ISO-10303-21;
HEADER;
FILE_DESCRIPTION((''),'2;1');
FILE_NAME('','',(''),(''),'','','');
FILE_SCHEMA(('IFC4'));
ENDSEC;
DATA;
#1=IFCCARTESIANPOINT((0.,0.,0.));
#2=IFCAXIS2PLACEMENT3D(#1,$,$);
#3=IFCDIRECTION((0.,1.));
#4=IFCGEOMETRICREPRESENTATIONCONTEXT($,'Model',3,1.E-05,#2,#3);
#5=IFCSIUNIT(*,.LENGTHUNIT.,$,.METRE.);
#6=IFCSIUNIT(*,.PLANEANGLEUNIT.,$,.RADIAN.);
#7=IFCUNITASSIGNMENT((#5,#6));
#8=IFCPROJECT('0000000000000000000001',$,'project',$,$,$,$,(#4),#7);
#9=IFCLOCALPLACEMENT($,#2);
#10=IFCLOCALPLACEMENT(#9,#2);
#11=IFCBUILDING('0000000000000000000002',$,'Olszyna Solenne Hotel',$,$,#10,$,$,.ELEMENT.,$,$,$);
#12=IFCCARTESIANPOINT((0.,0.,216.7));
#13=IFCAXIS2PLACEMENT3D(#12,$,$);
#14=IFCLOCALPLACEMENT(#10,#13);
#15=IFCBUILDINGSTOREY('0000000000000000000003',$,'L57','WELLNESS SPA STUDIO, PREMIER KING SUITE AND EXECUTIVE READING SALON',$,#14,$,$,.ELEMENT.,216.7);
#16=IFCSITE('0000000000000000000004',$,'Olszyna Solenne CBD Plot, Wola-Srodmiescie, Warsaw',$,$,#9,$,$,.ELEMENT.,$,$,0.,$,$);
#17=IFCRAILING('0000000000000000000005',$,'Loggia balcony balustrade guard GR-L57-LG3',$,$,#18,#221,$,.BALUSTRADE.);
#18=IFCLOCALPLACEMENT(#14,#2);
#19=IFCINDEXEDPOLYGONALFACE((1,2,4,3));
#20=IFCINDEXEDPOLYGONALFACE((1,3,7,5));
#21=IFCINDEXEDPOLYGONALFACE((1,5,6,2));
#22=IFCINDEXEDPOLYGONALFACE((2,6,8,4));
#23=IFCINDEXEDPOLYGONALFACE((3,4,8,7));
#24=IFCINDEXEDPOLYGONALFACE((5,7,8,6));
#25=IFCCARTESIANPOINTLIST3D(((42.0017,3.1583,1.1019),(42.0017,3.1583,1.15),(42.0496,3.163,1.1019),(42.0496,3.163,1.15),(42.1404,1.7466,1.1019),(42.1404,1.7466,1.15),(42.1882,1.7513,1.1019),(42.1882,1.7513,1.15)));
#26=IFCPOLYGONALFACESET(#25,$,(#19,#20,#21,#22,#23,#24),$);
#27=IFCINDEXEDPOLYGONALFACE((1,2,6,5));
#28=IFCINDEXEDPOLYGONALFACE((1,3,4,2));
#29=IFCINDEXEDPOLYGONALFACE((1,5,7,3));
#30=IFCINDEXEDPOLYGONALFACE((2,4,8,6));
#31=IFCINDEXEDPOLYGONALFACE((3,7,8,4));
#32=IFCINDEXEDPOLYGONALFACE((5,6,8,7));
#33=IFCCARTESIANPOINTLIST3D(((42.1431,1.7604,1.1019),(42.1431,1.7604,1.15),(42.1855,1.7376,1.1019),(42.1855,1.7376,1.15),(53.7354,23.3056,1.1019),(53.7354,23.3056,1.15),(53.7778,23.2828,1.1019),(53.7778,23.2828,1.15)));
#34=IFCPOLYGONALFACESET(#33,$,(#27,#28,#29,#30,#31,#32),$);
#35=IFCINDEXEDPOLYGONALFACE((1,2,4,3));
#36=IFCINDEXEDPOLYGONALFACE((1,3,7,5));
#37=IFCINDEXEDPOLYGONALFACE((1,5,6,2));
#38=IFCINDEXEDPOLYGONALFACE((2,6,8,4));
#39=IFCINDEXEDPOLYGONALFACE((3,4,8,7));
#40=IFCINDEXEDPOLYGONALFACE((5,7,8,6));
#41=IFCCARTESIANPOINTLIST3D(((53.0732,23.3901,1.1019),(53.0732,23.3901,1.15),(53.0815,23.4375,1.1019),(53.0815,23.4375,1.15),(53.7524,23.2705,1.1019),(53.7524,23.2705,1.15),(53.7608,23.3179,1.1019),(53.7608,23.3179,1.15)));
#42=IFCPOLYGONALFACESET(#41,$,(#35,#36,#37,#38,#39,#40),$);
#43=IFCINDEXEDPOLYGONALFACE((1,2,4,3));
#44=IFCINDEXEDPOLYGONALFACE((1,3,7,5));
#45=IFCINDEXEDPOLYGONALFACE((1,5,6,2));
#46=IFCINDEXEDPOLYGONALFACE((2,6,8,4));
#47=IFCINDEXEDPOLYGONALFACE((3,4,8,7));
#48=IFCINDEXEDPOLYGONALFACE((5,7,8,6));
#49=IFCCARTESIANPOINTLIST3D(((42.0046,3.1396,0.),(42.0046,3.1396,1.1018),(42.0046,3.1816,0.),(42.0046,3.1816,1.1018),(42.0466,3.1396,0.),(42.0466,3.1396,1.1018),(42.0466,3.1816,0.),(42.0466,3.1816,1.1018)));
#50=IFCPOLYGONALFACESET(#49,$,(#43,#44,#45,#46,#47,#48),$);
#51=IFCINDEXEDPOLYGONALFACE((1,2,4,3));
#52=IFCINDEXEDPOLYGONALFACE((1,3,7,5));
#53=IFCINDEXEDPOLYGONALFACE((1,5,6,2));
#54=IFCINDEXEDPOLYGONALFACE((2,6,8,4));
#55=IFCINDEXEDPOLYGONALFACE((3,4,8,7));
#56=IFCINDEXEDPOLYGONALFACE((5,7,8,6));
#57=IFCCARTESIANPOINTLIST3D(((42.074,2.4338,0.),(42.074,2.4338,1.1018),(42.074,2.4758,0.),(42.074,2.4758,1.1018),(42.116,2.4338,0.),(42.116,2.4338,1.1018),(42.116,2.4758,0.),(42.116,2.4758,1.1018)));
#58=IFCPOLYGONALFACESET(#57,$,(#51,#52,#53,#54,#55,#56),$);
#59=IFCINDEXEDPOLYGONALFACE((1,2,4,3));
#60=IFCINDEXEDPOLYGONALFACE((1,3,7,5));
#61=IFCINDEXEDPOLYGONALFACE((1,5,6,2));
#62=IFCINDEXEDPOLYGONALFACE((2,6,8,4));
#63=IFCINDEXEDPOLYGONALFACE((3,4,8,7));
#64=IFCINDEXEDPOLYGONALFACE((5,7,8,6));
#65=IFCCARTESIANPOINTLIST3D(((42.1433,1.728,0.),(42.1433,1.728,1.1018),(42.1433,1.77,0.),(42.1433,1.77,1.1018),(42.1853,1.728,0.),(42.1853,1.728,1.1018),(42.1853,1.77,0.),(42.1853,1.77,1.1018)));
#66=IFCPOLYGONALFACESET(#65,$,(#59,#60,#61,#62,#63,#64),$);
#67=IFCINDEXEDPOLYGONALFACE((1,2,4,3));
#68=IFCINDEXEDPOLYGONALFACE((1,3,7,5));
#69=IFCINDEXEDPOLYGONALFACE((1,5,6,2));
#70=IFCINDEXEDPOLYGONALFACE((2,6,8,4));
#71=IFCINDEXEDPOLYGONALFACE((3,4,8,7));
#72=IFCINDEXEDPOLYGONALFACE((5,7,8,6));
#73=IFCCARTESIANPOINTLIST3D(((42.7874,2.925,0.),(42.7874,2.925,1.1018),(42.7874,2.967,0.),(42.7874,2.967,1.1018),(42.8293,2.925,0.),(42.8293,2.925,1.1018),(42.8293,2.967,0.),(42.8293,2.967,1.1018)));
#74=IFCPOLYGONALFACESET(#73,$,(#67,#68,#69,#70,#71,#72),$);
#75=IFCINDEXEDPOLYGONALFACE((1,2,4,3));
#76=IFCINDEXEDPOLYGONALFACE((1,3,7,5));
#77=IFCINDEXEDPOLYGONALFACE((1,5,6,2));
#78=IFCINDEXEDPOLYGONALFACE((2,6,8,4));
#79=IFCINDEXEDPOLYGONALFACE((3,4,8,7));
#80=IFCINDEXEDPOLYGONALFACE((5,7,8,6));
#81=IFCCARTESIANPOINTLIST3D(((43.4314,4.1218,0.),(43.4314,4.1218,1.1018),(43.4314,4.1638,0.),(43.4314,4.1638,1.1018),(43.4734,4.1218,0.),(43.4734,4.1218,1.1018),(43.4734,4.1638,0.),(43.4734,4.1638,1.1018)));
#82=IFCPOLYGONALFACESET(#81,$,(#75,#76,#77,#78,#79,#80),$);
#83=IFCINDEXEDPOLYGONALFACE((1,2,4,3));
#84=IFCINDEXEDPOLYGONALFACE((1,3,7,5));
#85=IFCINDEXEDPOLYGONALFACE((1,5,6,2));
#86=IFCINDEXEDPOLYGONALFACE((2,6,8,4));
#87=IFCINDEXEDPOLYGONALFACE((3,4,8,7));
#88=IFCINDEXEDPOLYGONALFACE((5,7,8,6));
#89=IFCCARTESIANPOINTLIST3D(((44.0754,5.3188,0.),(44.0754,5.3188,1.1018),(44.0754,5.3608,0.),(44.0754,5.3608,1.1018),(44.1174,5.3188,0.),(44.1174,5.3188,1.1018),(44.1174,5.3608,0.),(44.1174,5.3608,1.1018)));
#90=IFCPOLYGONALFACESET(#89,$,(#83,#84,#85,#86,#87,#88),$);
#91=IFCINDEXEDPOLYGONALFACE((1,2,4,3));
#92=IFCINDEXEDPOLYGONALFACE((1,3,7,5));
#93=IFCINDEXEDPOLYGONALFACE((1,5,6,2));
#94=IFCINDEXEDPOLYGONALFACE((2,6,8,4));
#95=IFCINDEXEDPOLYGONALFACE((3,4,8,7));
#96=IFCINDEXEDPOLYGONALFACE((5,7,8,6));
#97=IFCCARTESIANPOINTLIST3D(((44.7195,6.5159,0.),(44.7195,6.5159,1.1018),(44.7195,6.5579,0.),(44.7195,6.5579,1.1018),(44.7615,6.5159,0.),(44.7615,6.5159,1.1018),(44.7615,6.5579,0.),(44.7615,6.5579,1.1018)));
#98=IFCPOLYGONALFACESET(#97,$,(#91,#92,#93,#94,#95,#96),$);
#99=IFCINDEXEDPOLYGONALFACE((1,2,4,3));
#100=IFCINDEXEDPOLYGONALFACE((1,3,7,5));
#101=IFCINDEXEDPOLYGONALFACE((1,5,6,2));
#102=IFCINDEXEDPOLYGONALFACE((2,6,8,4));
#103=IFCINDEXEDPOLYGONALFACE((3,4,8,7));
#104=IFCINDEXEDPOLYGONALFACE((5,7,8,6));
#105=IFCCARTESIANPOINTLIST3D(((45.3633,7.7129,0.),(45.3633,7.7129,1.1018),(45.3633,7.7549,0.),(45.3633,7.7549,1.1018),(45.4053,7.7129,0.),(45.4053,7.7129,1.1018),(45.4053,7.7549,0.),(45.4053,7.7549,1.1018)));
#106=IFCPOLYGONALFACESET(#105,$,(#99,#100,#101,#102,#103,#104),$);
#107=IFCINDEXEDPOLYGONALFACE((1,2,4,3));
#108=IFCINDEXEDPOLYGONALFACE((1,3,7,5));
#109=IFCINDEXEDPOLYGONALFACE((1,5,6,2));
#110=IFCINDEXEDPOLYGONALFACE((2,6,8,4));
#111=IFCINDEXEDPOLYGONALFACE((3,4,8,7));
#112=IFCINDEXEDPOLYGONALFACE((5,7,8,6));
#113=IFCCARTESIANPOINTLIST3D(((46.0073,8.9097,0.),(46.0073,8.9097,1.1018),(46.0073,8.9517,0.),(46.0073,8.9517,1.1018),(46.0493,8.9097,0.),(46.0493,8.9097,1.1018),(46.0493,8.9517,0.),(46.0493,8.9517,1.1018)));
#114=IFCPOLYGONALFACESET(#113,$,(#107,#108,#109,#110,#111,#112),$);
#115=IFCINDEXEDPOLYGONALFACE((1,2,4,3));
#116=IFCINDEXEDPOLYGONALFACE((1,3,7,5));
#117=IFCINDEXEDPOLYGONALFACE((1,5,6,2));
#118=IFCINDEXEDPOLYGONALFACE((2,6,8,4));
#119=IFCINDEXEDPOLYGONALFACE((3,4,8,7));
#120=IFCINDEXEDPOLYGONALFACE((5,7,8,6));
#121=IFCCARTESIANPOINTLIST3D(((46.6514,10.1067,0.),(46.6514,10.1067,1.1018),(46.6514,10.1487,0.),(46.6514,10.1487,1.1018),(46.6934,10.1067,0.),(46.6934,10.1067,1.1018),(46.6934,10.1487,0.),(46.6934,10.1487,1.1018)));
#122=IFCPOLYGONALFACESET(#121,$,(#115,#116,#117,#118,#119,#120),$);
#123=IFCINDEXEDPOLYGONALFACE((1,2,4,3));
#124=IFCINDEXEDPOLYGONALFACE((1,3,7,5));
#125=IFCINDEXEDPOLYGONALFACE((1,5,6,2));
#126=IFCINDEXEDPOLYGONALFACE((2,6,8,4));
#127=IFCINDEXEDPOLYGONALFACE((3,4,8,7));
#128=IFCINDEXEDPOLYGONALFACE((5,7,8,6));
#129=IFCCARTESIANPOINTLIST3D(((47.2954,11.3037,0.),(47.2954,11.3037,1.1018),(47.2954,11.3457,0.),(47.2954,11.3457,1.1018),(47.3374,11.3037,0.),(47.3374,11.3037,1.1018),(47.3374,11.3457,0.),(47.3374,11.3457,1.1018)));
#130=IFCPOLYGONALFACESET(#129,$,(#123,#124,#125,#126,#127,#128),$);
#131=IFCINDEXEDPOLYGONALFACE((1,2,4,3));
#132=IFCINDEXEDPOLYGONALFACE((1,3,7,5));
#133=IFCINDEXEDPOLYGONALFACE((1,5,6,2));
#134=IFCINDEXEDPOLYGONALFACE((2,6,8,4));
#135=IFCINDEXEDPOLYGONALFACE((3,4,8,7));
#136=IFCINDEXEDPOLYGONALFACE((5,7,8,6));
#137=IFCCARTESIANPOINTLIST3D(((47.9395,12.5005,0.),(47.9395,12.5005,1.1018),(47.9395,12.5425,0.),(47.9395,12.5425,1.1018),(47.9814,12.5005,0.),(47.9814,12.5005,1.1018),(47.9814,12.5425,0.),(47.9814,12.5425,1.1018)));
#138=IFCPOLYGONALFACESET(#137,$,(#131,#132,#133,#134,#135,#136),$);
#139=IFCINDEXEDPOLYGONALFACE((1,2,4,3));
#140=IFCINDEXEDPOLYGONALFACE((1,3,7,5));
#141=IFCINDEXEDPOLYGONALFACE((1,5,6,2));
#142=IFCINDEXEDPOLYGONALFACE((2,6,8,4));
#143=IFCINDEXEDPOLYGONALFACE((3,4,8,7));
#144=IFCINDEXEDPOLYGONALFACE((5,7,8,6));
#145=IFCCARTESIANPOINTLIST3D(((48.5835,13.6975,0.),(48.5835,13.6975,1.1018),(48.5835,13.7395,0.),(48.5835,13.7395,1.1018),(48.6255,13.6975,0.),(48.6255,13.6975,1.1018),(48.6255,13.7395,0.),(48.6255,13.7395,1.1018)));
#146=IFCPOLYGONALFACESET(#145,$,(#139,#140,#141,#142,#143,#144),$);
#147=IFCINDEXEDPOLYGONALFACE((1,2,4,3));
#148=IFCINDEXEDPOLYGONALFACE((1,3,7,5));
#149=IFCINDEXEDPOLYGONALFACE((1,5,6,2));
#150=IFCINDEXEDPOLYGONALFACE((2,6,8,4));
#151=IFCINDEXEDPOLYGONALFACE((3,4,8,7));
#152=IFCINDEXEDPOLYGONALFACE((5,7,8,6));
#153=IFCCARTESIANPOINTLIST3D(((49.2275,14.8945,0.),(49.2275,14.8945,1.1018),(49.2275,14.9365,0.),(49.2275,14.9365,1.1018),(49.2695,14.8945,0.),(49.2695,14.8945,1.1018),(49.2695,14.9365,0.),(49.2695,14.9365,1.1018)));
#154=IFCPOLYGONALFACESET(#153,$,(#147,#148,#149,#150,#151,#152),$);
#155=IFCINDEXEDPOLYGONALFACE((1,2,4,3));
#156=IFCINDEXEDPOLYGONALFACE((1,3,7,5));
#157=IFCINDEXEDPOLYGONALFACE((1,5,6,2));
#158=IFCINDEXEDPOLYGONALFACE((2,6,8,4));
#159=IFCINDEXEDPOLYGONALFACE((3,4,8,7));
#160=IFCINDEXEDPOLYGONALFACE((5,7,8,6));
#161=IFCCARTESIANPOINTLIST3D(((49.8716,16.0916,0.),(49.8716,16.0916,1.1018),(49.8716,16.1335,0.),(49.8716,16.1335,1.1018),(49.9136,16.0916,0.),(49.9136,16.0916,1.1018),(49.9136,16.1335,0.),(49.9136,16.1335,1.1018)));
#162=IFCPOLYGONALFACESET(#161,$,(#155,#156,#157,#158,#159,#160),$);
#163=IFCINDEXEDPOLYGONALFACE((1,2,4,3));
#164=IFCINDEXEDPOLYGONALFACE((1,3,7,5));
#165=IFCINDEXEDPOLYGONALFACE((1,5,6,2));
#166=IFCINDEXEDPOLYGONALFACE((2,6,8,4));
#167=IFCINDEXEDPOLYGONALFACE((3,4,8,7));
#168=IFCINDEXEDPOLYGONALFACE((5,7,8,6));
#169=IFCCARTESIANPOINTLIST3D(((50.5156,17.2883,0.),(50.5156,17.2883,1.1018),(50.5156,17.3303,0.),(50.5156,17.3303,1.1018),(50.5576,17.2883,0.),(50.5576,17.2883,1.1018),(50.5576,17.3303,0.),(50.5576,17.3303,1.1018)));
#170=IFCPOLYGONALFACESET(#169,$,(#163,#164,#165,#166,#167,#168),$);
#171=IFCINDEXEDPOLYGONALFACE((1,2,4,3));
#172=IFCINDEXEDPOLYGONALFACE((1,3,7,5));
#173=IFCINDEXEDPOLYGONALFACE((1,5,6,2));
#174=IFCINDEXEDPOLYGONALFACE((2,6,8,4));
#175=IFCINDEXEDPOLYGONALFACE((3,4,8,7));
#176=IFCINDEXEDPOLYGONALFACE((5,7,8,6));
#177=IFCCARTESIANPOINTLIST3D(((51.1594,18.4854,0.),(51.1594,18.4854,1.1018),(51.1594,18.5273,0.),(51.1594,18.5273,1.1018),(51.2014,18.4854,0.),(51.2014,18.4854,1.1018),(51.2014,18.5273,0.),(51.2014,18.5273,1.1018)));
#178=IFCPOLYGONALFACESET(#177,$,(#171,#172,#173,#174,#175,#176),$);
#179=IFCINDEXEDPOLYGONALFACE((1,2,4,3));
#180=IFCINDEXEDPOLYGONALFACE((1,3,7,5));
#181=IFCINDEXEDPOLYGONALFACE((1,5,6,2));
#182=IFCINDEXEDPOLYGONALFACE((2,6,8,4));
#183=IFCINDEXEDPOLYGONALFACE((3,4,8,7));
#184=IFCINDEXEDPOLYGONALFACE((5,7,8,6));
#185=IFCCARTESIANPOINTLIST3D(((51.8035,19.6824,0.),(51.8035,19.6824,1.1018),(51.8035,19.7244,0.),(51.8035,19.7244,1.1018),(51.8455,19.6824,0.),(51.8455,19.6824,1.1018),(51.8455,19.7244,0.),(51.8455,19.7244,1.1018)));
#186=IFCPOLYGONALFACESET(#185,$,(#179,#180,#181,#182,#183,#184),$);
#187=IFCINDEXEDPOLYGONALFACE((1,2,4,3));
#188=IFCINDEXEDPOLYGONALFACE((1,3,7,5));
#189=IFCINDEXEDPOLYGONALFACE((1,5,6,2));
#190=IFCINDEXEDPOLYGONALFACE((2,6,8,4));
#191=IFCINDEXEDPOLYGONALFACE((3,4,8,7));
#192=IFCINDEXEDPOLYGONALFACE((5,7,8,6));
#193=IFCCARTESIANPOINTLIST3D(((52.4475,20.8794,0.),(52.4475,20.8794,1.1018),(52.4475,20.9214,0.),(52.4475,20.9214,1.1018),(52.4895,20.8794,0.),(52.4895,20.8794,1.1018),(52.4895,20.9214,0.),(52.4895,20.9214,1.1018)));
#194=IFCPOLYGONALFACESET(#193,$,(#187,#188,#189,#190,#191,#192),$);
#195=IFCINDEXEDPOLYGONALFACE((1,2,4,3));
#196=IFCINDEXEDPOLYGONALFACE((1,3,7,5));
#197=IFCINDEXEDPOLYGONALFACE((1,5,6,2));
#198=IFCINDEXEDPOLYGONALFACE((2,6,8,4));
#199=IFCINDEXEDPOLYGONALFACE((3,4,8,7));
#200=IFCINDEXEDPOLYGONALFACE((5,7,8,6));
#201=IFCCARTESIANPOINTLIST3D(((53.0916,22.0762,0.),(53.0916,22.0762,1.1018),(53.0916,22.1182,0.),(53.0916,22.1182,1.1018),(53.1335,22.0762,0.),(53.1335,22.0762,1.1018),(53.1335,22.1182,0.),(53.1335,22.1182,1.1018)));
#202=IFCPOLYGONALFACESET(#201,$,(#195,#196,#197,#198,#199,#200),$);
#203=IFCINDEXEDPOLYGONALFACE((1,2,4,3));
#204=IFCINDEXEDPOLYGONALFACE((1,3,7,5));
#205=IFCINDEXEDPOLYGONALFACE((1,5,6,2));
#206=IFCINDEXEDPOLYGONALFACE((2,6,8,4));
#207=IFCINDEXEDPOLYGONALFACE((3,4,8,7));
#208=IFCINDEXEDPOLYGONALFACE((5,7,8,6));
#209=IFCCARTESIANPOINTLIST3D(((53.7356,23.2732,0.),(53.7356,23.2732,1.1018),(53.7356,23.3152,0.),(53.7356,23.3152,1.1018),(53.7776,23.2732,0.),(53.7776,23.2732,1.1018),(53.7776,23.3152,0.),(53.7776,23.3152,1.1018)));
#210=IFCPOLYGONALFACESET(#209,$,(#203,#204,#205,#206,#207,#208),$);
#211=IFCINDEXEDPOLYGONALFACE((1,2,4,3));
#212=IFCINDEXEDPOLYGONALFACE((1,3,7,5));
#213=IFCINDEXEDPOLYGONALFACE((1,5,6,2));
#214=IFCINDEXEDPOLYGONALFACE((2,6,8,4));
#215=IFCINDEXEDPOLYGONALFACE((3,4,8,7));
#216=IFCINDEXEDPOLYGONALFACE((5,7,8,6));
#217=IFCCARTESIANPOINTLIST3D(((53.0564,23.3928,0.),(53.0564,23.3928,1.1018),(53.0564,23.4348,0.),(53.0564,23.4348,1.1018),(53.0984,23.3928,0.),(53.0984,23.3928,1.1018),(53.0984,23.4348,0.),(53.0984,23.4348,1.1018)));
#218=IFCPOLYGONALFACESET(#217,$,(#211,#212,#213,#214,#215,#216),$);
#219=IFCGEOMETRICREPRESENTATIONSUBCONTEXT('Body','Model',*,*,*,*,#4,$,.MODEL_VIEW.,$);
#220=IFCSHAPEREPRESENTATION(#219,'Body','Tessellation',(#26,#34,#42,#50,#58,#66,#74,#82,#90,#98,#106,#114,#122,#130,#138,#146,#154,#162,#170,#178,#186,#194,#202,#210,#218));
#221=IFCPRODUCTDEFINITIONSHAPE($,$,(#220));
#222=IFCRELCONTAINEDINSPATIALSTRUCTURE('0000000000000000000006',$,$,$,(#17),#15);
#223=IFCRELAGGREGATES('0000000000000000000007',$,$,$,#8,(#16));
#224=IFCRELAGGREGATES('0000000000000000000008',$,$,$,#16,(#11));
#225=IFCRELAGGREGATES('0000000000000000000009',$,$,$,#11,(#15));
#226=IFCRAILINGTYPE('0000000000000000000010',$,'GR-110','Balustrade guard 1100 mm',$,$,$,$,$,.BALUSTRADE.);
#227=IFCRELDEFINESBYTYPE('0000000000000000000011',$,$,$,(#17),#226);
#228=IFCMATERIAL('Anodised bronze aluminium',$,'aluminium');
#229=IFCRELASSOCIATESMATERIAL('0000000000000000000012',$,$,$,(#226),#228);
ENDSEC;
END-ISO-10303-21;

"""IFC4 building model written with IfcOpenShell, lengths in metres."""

from ifc_helpers import new_model, si_unit, direction, frame, origin, origin_2d, place, context, subcontext, project, spatial, rectangle, extrude, material, type_object, element, save


model = new_model("IFC4")

# Units and contexts
model_context = context("Model", 3, precision=1e-05, world=origin(), true_north=direction((0.0, 1.0)))
body_context = subcontext(model_context, "Body", "Model", "MODEL_VIEW")
ifc_project = project(units=[si_unit("LENGTHUNIT", "METRE"), si_unit("PLANEANGLEUNIT", "RADIAN")], contexts=[model_context])

# Site, building, storey
site_placement = place(None, origin())
site = spatial("IfcSite", under=ifc_project, at=site_placement, Name="Olszyna Solenne CBD Plot, Wola-Srodmiescie, Warsaw", CompositionType="ELEMENT", RefElevation=0.0)
building_placement = place(site_placement, origin())
building = spatial("IfcBuilding", under=site, at=building_placement, Name="Olszyna Solenne Hotel", CompositionType="ELEMENT")
storey_placement = place(building_placement, frame((0.0, 0.0, 216.7)))
storey = spatial("IfcBuildingStorey", under=building, at=storey_placement, Name="L57", Description="WELLNESS SPA STUDIO, PREMIER KING SUITE AND EXECUTIVE READING SALON", CompositionType="ELEMENT", Elevation=216.7)

# Shared definitions
ifc_material_1 = material(Name="Anodised bronze aluminium", Category="aluminium")

# Railing
railing_type = type_object("IfcRailingType", Name="GR-110", Description="Balustrade guard 1100 mm", PredefinedType="BALUSTRADE", material=ifc_material_1)
railing_placement = place(storey_placement, frame((42.0256, 3.1606, 0.0)))
element("IfcRailing", 1, at=railing_placement, inside=storey, type_object=railing_type, Name="Loggia balcony balustrade guard GR-L57-LG3", PredefinedType="BALUSTRADE", context=body_context, shape_type="SweptSolid", body=[
    extrude(rectangle(XDim=0.0481, YDim=0.0481, at=origin_2d()), frame((0.0, 0.0, 1.126), z_axis=(0.097765, -0.995209, 0.0), x_axis=(0.995209, 0.097765, 0.0)), (0.0, 0.0, 1.0), 1.4185),
    extrude(rectangle(XDim=0.0481, YDim=0.0481, at=origin_2d()), frame((0.1387, -1.4116, 1.126), z_axis=(0.473816, 0.880624, 0.0), x_axis=(-0.880624, 0.473816, 0.0)), (0.0, 0.0, 1.0), 24.4658),
    extrude(rectangle(XDim=0.0481, YDim=0.0481, at=origin_2d()), frame((11.731, 20.1335, 1.126), z_axis=(-0.984841, 0.173462, 0.0), x_axis=(-0.173462, -0.984841, 0.0)), (0.0, 0.0, 1.0), 0.6897),
    extrude(rectangle(XDim=0.042, YDim=0.042, at=origin_2d()), origin(), (0.0, 0.0, 1.0), 1.1018),
    extrude(rectangle(XDim=0.042, YDim=0.042, at=origin_2d()), frame((0.0693, -0.7058, 0.0)), (0.0, 0.0, 1.0), 1.1018),
    extrude(rectangle(XDim=0.042, YDim=0.042, at=origin_2d()), frame((0.1387, -1.4116, 0.0)), (0.0, 0.0, 1.0), 1.1018),
    extrude(rectangle(XDim=0.042, YDim=0.042, at=origin_2d()), frame((0.7827, -0.2146, 0.0)), (0.0, 0.0, 1.0), 1.1018),
    extrude(rectangle(XDim=0.042, YDim=0.042, at=origin_2d()), frame((1.4268, 0.9822, 0.0)), (0.0, 0.0, 1.0), 1.1018),
    extrude(rectangle(XDim=0.042, YDim=0.042, at=origin_2d()), frame((2.0708, 2.1792, 0.0)), (0.0, 0.0, 1.0), 1.1018),
    extrude(rectangle(XDim=0.042, YDim=0.042, at=origin_2d()), frame((2.7148, 3.3762, 0.0)), (0.0, 0.0, 1.0), 1.1018),
    extrude(rectangle(XDim=0.042, YDim=0.042, at=origin_2d()), frame((3.3586, 4.5732, 0.0)), (0.0, 0.0, 1.0), 1.1018),
    extrude(rectangle(XDim=0.042, YDim=0.042, at=origin_2d()), frame((4.0027, 5.77, 0.0)), (0.0, 0.0, 1.0), 1.1018),
    extrude(rectangle(XDim=0.042, YDim=0.042, at=origin_2d()), frame((4.6467, 6.967, 0.0)), (0.0, 0.0, 1.0), 1.1018),
    extrude(rectangle(XDim=0.042, YDim=0.042, at=origin_2d()), frame((5.2908, 8.1641, 0.0)), (0.0, 0.0, 1.0), 1.1018),
    extrude(rectangle(XDim=0.042, YDim=0.042, at=origin_2d()), frame((5.9348, 9.3608, 0.0)), (0.0, 0.0, 1.0), 1.1018),
    extrude(rectangle(XDim=0.042, YDim=0.042, at=origin_2d()), frame((6.5789, 10.5579, 0.0)), (0.0, 0.0, 1.0), 1.1018),
    extrude(rectangle(XDim=0.042, YDim=0.042, at=origin_2d()), frame((7.2229, 11.7549, 0.0)), (0.0, 0.0, 1.0), 1.1018),
    extrude(rectangle(XDim=0.042, YDim=0.042, at=origin_2d()), frame((7.8669, 12.9519, 0.0)), (0.0, 0.0, 1.0), 1.1018),
    extrude(rectangle(XDim=0.042, YDim=0.042, at=origin_2d()), frame((8.511, 14.1487, 0.0)), (0.0, 0.0, 1.0), 1.1018),
    extrude(rectangle(XDim=0.042, YDim=0.042, at=origin_2d()), frame((9.1548, 15.3457, 0.0)), (0.0, 0.0, 1.0), 1.1018),
    extrude(rectangle(XDim=0.042, YDim=0.042, at=origin_2d()), frame((9.7988, 16.5427, 0.0)), (0.0, 0.0, 1.0), 1.1018),
    extrude(rectangle(XDim=0.042, YDim=0.042, at=origin_2d()), frame((10.4429, 17.7397, 0.0)), (0.0, 0.0, 1.0), 1.1018),
    extrude(rectangle(XDim=0.042, YDim=0.042, at=origin_2d()), frame((11.0869, 18.9365, 0.0)), (0.0, 0.0, 1.0), 1.1018),
    extrude(rectangle(XDim=0.042, YDim=0.042, at=origin_2d()), frame((11.731, 20.1335, 0.0)), (0.0, 0.0, 1.0), 1.1018),
    extrude(rectangle(XDim=0.042, YDim=0.042, at=origin_2d()), frame((11.0518, 20.2532, 0.0)), (0.0, 0.0, 1.0), 1.1018),
])

save(model, "model.ifc")
